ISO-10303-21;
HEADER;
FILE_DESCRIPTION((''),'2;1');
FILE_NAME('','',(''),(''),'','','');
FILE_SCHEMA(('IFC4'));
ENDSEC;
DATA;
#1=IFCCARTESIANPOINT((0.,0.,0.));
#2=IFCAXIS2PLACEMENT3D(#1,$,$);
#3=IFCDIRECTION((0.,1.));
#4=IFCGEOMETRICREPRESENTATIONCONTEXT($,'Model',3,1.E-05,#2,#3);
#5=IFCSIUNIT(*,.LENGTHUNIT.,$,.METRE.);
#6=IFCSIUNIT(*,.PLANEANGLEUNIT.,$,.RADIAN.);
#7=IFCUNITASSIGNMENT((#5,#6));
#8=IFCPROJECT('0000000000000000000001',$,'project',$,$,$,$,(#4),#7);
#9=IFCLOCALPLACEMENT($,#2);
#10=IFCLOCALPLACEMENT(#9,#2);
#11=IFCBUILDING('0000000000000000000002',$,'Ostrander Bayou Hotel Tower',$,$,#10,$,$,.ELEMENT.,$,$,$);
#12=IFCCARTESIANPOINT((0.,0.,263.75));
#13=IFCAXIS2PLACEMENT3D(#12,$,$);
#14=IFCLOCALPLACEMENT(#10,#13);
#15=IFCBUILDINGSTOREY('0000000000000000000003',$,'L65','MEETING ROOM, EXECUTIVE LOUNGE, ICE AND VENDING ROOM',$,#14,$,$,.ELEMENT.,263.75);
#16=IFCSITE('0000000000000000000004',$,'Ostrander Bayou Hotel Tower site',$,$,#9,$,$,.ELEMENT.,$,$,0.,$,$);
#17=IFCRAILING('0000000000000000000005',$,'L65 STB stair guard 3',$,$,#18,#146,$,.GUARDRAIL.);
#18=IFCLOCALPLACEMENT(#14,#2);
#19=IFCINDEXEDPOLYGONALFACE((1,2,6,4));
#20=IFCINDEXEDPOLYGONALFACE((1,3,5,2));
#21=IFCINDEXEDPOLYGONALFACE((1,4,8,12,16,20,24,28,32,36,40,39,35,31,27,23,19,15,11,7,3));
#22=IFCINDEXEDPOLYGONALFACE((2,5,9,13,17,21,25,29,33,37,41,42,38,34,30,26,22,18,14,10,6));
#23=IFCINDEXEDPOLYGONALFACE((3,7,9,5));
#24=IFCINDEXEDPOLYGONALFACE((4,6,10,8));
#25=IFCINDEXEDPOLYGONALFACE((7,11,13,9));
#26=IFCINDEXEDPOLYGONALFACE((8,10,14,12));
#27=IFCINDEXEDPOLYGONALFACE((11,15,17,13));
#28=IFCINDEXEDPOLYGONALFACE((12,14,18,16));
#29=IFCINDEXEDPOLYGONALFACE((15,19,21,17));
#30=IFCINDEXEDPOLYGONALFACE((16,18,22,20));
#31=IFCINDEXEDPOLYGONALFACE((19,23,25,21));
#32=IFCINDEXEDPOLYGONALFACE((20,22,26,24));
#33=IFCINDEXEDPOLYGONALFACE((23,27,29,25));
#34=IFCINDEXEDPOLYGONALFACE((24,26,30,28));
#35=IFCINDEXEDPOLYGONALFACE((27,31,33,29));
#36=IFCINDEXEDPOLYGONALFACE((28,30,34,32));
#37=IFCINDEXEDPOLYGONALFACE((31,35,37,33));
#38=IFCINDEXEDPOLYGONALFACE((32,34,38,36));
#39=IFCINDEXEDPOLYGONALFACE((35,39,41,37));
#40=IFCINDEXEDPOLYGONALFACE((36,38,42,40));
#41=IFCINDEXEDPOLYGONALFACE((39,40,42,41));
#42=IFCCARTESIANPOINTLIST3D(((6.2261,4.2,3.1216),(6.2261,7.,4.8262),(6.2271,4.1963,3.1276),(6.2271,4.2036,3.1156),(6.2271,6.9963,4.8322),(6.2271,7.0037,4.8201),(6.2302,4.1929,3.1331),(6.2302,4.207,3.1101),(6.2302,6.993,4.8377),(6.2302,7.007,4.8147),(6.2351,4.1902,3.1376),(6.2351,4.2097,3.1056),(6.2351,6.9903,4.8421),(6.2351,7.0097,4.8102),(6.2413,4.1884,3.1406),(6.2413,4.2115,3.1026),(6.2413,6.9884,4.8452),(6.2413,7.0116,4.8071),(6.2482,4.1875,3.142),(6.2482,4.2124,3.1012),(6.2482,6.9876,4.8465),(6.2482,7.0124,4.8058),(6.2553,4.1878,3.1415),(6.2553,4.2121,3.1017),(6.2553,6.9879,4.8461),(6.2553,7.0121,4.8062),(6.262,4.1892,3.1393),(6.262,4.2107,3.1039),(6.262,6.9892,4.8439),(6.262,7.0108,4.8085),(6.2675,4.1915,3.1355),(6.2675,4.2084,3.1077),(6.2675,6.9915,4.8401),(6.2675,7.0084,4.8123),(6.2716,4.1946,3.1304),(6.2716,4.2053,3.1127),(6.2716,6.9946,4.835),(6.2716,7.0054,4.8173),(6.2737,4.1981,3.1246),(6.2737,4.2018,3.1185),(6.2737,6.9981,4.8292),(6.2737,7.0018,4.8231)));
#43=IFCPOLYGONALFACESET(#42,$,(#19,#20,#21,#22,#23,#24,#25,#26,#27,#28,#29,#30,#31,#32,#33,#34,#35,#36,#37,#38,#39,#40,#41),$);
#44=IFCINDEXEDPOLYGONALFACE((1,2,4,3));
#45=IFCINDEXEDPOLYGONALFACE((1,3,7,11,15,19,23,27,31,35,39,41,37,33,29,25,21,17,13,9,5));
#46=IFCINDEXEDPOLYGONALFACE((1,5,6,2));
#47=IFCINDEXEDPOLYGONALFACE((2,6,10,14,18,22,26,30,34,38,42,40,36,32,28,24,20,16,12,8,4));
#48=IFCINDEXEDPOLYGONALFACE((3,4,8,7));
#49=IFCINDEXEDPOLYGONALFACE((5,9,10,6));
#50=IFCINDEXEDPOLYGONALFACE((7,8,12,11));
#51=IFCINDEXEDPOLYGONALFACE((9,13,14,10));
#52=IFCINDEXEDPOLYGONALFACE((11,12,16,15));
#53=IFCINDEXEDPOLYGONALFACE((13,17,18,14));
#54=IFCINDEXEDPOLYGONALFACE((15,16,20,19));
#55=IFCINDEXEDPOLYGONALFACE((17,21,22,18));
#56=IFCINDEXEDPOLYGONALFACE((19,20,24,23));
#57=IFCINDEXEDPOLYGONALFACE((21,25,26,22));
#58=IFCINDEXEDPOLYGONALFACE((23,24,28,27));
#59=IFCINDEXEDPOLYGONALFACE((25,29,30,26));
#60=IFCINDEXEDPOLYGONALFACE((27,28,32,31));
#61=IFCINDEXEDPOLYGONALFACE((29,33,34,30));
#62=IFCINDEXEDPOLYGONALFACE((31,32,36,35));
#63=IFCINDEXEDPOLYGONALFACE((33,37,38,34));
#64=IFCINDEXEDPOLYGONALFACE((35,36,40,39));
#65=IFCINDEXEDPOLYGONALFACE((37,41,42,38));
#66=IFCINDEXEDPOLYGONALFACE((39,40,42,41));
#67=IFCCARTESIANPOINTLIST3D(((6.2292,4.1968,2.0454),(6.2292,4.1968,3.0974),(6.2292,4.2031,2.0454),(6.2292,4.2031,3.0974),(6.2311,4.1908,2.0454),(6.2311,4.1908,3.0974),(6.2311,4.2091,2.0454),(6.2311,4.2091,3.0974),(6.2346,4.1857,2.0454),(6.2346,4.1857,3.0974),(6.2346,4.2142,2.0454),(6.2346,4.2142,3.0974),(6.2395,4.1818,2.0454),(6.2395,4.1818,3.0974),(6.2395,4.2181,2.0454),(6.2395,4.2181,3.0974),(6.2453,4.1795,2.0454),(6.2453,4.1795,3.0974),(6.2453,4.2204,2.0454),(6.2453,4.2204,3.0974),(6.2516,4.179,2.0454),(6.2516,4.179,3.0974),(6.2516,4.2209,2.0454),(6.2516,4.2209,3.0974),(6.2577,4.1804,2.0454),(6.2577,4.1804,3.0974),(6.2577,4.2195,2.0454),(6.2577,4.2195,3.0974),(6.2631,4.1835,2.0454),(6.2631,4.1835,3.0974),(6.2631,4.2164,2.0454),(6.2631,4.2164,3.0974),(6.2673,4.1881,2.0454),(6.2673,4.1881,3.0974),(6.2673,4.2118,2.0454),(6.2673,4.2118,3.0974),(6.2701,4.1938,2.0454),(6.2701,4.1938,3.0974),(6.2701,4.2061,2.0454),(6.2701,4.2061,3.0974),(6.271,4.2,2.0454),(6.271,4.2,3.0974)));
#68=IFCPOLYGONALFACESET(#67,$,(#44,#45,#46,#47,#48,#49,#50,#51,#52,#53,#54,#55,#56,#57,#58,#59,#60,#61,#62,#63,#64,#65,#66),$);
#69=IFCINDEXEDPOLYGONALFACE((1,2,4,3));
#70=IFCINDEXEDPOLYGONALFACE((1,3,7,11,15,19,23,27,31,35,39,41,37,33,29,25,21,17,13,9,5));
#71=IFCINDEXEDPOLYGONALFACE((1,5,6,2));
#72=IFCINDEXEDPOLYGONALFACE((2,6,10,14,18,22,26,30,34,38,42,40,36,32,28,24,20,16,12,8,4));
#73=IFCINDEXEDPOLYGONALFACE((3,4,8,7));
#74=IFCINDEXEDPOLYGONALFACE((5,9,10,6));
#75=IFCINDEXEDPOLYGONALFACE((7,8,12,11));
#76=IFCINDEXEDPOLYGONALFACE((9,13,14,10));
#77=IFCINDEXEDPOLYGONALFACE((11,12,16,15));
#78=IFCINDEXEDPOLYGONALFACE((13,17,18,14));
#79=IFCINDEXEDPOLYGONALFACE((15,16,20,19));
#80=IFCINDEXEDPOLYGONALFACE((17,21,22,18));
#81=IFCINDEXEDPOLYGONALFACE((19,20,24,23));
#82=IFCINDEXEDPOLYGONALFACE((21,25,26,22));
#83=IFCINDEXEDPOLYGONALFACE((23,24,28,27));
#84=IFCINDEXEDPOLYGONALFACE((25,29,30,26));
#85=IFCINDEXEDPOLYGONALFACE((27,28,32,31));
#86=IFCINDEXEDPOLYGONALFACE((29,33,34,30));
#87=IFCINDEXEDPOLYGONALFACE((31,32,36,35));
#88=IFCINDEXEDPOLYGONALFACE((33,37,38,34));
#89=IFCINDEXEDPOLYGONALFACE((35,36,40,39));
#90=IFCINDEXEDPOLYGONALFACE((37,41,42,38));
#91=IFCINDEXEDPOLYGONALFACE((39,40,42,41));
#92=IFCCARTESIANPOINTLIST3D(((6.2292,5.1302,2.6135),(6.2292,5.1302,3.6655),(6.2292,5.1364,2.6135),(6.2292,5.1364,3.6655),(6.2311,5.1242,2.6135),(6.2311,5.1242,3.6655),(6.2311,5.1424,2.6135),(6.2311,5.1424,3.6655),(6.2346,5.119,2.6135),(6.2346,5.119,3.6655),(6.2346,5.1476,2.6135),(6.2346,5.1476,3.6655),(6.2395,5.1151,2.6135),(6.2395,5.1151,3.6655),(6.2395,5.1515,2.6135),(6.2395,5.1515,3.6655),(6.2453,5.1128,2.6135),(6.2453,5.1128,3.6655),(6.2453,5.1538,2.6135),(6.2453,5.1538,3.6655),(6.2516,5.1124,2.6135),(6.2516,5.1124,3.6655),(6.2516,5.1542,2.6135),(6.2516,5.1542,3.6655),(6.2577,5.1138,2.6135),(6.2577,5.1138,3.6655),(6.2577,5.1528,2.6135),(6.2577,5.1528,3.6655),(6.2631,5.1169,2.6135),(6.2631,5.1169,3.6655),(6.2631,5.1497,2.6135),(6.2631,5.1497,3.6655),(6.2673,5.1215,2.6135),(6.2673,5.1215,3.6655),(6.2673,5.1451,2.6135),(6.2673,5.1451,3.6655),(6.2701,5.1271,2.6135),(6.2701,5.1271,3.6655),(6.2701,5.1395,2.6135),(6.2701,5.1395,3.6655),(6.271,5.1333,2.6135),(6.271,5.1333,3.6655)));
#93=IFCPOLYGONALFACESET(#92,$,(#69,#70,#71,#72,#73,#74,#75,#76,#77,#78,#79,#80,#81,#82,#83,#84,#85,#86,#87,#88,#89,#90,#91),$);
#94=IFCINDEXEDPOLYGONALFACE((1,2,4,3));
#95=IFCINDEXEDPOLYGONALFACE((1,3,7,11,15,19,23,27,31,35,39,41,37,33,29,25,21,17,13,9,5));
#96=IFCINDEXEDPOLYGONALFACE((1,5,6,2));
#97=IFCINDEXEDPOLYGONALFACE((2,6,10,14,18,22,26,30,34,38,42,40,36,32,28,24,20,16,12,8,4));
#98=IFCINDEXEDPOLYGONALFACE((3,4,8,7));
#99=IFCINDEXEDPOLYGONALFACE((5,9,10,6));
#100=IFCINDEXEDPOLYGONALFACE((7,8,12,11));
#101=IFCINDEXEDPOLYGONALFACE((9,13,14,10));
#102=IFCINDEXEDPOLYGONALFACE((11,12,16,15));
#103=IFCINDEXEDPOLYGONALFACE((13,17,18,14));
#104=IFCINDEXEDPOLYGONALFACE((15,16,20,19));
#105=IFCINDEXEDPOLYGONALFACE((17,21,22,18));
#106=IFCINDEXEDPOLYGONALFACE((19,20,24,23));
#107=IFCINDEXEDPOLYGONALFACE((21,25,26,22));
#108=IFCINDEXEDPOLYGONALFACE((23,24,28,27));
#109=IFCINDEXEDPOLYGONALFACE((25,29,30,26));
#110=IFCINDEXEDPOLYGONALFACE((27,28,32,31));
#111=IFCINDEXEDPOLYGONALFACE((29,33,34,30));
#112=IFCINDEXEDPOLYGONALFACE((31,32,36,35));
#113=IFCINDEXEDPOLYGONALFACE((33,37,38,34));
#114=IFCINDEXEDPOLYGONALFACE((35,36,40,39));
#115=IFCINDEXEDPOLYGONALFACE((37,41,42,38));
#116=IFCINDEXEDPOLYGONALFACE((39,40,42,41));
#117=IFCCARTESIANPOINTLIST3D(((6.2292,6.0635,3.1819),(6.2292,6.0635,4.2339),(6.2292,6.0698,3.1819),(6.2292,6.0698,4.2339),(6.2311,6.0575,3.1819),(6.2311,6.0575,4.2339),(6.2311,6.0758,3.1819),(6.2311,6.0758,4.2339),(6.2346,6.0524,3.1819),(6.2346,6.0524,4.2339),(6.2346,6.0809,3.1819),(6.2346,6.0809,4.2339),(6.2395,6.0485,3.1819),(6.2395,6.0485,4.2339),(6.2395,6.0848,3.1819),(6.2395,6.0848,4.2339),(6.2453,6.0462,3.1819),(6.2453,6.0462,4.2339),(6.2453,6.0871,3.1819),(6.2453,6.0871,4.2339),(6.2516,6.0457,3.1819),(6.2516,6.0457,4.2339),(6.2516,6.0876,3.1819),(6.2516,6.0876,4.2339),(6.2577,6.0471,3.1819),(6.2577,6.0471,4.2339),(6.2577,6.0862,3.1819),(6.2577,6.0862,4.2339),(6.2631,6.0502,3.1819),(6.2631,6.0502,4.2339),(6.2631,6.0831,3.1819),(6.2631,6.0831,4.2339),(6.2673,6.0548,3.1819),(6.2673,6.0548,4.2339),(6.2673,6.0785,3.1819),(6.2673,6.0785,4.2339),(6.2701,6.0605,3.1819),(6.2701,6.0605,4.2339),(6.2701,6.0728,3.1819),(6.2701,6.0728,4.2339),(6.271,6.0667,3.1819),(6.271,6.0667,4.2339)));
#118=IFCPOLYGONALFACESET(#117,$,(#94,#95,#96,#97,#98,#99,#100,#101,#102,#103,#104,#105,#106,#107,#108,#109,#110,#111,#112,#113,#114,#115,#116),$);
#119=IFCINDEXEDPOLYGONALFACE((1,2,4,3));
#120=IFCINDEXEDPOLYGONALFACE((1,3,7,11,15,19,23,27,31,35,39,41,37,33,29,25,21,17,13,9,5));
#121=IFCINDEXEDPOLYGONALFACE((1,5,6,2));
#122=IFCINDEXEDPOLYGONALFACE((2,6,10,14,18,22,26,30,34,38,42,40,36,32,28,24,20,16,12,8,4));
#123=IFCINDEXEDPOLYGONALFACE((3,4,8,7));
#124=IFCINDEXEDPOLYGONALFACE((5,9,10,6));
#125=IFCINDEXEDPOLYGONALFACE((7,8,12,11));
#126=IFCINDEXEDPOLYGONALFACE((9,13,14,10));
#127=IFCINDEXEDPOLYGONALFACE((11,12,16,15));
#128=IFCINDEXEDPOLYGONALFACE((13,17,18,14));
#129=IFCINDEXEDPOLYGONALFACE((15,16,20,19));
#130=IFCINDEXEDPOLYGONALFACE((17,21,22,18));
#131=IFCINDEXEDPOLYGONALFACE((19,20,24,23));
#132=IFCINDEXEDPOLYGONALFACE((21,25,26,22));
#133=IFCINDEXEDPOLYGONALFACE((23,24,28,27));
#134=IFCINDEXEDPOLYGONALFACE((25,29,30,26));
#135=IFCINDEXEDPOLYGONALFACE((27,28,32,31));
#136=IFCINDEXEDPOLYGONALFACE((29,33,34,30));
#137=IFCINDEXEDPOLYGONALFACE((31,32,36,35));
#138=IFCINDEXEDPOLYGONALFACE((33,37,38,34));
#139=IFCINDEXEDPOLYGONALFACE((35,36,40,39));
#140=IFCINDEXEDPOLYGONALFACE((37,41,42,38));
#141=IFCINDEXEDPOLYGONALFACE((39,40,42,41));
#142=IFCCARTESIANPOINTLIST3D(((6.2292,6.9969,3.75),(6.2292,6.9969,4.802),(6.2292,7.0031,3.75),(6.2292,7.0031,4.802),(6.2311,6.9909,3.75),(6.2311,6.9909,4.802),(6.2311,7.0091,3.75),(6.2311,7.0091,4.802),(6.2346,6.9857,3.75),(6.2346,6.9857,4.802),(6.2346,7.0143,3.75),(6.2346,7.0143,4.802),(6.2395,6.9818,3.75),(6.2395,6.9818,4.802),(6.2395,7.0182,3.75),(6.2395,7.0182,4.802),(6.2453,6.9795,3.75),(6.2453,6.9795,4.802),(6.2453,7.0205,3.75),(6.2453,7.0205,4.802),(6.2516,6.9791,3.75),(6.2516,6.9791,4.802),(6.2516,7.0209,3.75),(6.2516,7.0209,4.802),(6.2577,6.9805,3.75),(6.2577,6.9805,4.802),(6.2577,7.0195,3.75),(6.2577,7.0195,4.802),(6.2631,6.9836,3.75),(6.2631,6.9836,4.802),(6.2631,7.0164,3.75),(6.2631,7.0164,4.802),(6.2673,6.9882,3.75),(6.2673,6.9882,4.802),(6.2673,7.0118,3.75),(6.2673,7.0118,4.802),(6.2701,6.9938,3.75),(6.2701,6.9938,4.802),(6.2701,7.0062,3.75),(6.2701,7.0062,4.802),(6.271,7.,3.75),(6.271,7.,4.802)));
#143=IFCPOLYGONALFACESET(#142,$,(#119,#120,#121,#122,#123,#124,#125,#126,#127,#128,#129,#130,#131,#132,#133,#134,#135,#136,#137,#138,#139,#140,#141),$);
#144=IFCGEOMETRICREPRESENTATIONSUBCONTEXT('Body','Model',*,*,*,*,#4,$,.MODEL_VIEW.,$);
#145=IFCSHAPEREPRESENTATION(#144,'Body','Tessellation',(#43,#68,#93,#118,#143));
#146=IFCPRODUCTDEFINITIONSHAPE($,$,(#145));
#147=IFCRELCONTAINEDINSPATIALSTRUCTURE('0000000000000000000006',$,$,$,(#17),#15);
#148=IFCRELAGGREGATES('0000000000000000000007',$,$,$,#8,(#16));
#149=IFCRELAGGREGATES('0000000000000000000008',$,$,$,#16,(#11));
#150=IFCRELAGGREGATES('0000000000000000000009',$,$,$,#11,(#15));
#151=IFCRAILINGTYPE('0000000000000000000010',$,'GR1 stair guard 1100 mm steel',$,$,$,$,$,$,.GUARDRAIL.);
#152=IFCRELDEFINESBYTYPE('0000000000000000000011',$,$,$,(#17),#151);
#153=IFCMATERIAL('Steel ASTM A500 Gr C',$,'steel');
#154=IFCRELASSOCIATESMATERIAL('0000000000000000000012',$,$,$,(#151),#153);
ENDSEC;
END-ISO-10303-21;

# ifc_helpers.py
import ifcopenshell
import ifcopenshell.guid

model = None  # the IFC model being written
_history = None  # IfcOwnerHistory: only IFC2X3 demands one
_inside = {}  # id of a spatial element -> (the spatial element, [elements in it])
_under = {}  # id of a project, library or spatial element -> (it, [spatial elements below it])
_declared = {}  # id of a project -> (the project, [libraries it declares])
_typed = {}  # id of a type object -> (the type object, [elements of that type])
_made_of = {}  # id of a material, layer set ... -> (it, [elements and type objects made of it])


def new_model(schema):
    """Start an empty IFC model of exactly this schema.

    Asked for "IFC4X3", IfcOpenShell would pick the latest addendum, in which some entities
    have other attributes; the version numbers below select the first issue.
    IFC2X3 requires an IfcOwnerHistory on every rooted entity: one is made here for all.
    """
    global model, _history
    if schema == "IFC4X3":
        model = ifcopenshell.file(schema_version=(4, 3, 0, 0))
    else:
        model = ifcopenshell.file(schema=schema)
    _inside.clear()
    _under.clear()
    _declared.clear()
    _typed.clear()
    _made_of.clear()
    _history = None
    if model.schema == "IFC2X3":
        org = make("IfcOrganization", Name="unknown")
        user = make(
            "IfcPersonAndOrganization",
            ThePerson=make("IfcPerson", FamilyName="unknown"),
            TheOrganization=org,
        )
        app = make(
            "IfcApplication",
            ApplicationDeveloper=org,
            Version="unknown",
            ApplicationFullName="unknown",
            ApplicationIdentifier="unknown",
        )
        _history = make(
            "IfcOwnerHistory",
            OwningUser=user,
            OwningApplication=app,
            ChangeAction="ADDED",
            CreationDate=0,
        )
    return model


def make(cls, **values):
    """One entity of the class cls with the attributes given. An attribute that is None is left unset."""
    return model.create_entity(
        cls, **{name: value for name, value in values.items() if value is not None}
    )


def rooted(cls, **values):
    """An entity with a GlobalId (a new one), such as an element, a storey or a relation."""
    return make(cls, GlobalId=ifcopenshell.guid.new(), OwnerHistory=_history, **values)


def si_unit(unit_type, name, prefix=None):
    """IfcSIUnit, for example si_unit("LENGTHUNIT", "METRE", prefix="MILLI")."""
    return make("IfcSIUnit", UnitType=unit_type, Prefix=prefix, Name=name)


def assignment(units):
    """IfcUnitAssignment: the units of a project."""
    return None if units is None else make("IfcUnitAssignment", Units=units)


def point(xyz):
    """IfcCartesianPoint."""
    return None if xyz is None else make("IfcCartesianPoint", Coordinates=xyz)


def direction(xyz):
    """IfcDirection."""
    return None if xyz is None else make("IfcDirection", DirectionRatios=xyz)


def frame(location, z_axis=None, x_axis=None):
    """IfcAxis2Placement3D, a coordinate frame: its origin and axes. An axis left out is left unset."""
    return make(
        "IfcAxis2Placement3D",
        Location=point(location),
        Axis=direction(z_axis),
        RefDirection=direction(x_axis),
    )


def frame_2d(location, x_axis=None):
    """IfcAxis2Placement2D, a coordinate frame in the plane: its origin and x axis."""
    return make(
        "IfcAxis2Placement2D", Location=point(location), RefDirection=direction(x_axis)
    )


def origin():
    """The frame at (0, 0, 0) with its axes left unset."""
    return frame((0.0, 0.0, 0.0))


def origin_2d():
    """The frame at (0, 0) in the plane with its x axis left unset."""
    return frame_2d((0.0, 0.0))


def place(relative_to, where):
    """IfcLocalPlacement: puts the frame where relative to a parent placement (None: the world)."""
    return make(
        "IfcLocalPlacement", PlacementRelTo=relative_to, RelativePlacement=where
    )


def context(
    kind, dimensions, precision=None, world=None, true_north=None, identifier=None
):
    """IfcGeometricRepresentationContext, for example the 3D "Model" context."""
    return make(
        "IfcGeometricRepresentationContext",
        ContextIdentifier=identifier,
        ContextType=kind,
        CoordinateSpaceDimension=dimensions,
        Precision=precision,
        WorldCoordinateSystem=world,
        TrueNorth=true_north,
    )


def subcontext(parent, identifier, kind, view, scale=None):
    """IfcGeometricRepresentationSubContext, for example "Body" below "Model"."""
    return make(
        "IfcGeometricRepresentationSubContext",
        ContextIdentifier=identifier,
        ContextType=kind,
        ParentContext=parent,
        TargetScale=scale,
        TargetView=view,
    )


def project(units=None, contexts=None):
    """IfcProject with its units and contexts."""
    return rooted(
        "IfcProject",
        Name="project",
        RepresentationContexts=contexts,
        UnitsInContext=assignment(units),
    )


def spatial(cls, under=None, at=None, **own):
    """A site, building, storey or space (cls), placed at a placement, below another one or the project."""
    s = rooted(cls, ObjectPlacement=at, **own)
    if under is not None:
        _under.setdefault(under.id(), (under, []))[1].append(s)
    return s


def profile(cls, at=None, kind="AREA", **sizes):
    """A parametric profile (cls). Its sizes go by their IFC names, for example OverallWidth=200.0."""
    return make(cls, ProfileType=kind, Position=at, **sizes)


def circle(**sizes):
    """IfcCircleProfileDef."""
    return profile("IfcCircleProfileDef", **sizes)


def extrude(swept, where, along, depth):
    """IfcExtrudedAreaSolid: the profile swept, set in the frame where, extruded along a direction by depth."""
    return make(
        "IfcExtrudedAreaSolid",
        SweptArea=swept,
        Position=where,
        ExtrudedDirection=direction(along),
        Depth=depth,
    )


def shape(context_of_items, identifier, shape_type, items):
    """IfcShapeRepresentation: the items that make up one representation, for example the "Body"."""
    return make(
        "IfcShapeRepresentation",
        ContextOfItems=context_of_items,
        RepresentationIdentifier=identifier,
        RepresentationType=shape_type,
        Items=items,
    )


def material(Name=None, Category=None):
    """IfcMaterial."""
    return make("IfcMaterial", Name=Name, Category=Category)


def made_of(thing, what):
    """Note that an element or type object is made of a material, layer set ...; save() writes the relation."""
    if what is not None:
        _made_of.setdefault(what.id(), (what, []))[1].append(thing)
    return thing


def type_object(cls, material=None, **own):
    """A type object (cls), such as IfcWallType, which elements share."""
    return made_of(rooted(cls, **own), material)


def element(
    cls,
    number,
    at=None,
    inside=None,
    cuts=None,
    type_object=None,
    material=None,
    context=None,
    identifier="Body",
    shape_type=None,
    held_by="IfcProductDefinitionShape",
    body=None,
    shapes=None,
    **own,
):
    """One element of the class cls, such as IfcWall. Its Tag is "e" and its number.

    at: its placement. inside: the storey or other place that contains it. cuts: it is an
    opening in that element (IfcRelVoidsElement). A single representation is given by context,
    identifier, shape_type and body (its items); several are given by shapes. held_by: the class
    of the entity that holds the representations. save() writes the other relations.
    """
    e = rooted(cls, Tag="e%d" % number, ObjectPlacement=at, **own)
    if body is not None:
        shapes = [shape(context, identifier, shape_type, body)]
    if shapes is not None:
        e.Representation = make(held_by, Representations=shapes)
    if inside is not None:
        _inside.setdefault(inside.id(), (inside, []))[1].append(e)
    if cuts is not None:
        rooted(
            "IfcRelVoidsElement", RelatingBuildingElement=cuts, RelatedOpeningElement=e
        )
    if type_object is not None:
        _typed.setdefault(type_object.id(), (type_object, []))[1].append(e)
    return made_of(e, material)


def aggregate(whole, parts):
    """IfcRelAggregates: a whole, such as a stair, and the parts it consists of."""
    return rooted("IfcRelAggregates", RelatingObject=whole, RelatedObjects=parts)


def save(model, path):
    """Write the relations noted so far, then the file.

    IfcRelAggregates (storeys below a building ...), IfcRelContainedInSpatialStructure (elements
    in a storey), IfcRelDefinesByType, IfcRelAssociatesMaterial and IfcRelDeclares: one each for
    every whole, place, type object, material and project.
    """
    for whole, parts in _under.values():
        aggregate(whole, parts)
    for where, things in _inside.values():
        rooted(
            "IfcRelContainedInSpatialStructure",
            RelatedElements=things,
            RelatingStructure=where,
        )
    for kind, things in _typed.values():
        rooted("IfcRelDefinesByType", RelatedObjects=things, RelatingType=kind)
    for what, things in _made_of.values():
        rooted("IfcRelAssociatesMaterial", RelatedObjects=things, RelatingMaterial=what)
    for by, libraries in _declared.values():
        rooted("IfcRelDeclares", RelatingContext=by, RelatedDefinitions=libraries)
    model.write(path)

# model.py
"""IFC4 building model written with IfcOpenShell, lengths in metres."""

from ifc_helpers import new_model, si_unit, direction, frame, origin, origin_2d, place, context, subcontext, project, spatial, circle, extrude, material, type_object, element, save


model = new_model("IFC4")

# Units and contexts
model_context = context("Model", 3, precision=1e-05, world=origin(), true_north=direction((0.0, 1.0)))
body_context = subcontext(model_context, "Body", "Model", "MODEL_VIEW")
ifc_project = project(units=[si_unit("LENGTHUNIT", "METRE"), si_unit("PLANEANGLEUNIT", "RADIAN")], contexts=[model_context])

# Site, building, storey
site_placement = place(None, origin())
site = spatial("IfcSite", under=ifc_project, at=site_placement, Name="Ostrander Bayou Hotel Tower site", CompositionType="ELEMENT", RefElevation=0.0)
building_placement = place(site_placement, origin())
building = spatial("IfcBuilding", under=site, at=building_placement, Name="Ostrander Bayou Hotel Tower", CompositionType="ELEMENT")
storey_placement = place(building_placement, frame((0.0, 0.0, 263.75)))
storey = spatial("IfcBuildingStorey", under=building, at=storey_placement, Name="L65", Description="MEETING ROOM, EXECUTIVE LOUNGE, ICE AND VENDING ROOM", CompositionType="ELEMENT", Elevation=263.75)

# Railing
ifc_material_1 = material(Name="Steel ASTM A500 Gr C", Category="steel")
railing_type_1 = type_object("IfcRailingType", Name="GR1 stair guard 1100 mm steel", PredefinedType="GUARDRAIL", material=ifc_material_1)
railing_1_placement = place(storey_placement, frame((6.25, 4.2, 2.0454)))
element("IfcRailing", 1, at=railing_1_placement, inside=storey, type_object=railing_type_1, Name="L65 STB stair guard 3", PredefinedType="GUARDRAIL", context=body_context, shape_type="SweptSolid", body=[
    extrude(circle(Radius=0.0239, at=origin_2d()), frame((0.0, 0.0, 1.0762), z_axis=(0.0, 0.85417, 0.519994), x_axis=(-1.0, 0.0, 0.0)), (0.0, 0.0, 1.0), 3.2781),
    extrude(circle(Radius=0.021, at=origin_2d()), origin(), (0.0, 0.0, 1.0), 1.052),
    extrude(circle(Radius=0.021, at=origin_2d()), frame((0.0, 0.9333, 0.5681)), (0.0, 0.0, 1.0), 1.052),
    extrude(circle(Radius=0.021, at=origin_2d()), frame((0.0, 1.8667, 1.1365)), (0.0, 0.0, 1.0), 1.052),
    extrude(circle(Radius=0.021, at=origin_2d()), frame((0.0, 2.8, 1.7046)), (0.0, 0.0, 1.0), 1.052),
])

save(model, "model.ifc")
